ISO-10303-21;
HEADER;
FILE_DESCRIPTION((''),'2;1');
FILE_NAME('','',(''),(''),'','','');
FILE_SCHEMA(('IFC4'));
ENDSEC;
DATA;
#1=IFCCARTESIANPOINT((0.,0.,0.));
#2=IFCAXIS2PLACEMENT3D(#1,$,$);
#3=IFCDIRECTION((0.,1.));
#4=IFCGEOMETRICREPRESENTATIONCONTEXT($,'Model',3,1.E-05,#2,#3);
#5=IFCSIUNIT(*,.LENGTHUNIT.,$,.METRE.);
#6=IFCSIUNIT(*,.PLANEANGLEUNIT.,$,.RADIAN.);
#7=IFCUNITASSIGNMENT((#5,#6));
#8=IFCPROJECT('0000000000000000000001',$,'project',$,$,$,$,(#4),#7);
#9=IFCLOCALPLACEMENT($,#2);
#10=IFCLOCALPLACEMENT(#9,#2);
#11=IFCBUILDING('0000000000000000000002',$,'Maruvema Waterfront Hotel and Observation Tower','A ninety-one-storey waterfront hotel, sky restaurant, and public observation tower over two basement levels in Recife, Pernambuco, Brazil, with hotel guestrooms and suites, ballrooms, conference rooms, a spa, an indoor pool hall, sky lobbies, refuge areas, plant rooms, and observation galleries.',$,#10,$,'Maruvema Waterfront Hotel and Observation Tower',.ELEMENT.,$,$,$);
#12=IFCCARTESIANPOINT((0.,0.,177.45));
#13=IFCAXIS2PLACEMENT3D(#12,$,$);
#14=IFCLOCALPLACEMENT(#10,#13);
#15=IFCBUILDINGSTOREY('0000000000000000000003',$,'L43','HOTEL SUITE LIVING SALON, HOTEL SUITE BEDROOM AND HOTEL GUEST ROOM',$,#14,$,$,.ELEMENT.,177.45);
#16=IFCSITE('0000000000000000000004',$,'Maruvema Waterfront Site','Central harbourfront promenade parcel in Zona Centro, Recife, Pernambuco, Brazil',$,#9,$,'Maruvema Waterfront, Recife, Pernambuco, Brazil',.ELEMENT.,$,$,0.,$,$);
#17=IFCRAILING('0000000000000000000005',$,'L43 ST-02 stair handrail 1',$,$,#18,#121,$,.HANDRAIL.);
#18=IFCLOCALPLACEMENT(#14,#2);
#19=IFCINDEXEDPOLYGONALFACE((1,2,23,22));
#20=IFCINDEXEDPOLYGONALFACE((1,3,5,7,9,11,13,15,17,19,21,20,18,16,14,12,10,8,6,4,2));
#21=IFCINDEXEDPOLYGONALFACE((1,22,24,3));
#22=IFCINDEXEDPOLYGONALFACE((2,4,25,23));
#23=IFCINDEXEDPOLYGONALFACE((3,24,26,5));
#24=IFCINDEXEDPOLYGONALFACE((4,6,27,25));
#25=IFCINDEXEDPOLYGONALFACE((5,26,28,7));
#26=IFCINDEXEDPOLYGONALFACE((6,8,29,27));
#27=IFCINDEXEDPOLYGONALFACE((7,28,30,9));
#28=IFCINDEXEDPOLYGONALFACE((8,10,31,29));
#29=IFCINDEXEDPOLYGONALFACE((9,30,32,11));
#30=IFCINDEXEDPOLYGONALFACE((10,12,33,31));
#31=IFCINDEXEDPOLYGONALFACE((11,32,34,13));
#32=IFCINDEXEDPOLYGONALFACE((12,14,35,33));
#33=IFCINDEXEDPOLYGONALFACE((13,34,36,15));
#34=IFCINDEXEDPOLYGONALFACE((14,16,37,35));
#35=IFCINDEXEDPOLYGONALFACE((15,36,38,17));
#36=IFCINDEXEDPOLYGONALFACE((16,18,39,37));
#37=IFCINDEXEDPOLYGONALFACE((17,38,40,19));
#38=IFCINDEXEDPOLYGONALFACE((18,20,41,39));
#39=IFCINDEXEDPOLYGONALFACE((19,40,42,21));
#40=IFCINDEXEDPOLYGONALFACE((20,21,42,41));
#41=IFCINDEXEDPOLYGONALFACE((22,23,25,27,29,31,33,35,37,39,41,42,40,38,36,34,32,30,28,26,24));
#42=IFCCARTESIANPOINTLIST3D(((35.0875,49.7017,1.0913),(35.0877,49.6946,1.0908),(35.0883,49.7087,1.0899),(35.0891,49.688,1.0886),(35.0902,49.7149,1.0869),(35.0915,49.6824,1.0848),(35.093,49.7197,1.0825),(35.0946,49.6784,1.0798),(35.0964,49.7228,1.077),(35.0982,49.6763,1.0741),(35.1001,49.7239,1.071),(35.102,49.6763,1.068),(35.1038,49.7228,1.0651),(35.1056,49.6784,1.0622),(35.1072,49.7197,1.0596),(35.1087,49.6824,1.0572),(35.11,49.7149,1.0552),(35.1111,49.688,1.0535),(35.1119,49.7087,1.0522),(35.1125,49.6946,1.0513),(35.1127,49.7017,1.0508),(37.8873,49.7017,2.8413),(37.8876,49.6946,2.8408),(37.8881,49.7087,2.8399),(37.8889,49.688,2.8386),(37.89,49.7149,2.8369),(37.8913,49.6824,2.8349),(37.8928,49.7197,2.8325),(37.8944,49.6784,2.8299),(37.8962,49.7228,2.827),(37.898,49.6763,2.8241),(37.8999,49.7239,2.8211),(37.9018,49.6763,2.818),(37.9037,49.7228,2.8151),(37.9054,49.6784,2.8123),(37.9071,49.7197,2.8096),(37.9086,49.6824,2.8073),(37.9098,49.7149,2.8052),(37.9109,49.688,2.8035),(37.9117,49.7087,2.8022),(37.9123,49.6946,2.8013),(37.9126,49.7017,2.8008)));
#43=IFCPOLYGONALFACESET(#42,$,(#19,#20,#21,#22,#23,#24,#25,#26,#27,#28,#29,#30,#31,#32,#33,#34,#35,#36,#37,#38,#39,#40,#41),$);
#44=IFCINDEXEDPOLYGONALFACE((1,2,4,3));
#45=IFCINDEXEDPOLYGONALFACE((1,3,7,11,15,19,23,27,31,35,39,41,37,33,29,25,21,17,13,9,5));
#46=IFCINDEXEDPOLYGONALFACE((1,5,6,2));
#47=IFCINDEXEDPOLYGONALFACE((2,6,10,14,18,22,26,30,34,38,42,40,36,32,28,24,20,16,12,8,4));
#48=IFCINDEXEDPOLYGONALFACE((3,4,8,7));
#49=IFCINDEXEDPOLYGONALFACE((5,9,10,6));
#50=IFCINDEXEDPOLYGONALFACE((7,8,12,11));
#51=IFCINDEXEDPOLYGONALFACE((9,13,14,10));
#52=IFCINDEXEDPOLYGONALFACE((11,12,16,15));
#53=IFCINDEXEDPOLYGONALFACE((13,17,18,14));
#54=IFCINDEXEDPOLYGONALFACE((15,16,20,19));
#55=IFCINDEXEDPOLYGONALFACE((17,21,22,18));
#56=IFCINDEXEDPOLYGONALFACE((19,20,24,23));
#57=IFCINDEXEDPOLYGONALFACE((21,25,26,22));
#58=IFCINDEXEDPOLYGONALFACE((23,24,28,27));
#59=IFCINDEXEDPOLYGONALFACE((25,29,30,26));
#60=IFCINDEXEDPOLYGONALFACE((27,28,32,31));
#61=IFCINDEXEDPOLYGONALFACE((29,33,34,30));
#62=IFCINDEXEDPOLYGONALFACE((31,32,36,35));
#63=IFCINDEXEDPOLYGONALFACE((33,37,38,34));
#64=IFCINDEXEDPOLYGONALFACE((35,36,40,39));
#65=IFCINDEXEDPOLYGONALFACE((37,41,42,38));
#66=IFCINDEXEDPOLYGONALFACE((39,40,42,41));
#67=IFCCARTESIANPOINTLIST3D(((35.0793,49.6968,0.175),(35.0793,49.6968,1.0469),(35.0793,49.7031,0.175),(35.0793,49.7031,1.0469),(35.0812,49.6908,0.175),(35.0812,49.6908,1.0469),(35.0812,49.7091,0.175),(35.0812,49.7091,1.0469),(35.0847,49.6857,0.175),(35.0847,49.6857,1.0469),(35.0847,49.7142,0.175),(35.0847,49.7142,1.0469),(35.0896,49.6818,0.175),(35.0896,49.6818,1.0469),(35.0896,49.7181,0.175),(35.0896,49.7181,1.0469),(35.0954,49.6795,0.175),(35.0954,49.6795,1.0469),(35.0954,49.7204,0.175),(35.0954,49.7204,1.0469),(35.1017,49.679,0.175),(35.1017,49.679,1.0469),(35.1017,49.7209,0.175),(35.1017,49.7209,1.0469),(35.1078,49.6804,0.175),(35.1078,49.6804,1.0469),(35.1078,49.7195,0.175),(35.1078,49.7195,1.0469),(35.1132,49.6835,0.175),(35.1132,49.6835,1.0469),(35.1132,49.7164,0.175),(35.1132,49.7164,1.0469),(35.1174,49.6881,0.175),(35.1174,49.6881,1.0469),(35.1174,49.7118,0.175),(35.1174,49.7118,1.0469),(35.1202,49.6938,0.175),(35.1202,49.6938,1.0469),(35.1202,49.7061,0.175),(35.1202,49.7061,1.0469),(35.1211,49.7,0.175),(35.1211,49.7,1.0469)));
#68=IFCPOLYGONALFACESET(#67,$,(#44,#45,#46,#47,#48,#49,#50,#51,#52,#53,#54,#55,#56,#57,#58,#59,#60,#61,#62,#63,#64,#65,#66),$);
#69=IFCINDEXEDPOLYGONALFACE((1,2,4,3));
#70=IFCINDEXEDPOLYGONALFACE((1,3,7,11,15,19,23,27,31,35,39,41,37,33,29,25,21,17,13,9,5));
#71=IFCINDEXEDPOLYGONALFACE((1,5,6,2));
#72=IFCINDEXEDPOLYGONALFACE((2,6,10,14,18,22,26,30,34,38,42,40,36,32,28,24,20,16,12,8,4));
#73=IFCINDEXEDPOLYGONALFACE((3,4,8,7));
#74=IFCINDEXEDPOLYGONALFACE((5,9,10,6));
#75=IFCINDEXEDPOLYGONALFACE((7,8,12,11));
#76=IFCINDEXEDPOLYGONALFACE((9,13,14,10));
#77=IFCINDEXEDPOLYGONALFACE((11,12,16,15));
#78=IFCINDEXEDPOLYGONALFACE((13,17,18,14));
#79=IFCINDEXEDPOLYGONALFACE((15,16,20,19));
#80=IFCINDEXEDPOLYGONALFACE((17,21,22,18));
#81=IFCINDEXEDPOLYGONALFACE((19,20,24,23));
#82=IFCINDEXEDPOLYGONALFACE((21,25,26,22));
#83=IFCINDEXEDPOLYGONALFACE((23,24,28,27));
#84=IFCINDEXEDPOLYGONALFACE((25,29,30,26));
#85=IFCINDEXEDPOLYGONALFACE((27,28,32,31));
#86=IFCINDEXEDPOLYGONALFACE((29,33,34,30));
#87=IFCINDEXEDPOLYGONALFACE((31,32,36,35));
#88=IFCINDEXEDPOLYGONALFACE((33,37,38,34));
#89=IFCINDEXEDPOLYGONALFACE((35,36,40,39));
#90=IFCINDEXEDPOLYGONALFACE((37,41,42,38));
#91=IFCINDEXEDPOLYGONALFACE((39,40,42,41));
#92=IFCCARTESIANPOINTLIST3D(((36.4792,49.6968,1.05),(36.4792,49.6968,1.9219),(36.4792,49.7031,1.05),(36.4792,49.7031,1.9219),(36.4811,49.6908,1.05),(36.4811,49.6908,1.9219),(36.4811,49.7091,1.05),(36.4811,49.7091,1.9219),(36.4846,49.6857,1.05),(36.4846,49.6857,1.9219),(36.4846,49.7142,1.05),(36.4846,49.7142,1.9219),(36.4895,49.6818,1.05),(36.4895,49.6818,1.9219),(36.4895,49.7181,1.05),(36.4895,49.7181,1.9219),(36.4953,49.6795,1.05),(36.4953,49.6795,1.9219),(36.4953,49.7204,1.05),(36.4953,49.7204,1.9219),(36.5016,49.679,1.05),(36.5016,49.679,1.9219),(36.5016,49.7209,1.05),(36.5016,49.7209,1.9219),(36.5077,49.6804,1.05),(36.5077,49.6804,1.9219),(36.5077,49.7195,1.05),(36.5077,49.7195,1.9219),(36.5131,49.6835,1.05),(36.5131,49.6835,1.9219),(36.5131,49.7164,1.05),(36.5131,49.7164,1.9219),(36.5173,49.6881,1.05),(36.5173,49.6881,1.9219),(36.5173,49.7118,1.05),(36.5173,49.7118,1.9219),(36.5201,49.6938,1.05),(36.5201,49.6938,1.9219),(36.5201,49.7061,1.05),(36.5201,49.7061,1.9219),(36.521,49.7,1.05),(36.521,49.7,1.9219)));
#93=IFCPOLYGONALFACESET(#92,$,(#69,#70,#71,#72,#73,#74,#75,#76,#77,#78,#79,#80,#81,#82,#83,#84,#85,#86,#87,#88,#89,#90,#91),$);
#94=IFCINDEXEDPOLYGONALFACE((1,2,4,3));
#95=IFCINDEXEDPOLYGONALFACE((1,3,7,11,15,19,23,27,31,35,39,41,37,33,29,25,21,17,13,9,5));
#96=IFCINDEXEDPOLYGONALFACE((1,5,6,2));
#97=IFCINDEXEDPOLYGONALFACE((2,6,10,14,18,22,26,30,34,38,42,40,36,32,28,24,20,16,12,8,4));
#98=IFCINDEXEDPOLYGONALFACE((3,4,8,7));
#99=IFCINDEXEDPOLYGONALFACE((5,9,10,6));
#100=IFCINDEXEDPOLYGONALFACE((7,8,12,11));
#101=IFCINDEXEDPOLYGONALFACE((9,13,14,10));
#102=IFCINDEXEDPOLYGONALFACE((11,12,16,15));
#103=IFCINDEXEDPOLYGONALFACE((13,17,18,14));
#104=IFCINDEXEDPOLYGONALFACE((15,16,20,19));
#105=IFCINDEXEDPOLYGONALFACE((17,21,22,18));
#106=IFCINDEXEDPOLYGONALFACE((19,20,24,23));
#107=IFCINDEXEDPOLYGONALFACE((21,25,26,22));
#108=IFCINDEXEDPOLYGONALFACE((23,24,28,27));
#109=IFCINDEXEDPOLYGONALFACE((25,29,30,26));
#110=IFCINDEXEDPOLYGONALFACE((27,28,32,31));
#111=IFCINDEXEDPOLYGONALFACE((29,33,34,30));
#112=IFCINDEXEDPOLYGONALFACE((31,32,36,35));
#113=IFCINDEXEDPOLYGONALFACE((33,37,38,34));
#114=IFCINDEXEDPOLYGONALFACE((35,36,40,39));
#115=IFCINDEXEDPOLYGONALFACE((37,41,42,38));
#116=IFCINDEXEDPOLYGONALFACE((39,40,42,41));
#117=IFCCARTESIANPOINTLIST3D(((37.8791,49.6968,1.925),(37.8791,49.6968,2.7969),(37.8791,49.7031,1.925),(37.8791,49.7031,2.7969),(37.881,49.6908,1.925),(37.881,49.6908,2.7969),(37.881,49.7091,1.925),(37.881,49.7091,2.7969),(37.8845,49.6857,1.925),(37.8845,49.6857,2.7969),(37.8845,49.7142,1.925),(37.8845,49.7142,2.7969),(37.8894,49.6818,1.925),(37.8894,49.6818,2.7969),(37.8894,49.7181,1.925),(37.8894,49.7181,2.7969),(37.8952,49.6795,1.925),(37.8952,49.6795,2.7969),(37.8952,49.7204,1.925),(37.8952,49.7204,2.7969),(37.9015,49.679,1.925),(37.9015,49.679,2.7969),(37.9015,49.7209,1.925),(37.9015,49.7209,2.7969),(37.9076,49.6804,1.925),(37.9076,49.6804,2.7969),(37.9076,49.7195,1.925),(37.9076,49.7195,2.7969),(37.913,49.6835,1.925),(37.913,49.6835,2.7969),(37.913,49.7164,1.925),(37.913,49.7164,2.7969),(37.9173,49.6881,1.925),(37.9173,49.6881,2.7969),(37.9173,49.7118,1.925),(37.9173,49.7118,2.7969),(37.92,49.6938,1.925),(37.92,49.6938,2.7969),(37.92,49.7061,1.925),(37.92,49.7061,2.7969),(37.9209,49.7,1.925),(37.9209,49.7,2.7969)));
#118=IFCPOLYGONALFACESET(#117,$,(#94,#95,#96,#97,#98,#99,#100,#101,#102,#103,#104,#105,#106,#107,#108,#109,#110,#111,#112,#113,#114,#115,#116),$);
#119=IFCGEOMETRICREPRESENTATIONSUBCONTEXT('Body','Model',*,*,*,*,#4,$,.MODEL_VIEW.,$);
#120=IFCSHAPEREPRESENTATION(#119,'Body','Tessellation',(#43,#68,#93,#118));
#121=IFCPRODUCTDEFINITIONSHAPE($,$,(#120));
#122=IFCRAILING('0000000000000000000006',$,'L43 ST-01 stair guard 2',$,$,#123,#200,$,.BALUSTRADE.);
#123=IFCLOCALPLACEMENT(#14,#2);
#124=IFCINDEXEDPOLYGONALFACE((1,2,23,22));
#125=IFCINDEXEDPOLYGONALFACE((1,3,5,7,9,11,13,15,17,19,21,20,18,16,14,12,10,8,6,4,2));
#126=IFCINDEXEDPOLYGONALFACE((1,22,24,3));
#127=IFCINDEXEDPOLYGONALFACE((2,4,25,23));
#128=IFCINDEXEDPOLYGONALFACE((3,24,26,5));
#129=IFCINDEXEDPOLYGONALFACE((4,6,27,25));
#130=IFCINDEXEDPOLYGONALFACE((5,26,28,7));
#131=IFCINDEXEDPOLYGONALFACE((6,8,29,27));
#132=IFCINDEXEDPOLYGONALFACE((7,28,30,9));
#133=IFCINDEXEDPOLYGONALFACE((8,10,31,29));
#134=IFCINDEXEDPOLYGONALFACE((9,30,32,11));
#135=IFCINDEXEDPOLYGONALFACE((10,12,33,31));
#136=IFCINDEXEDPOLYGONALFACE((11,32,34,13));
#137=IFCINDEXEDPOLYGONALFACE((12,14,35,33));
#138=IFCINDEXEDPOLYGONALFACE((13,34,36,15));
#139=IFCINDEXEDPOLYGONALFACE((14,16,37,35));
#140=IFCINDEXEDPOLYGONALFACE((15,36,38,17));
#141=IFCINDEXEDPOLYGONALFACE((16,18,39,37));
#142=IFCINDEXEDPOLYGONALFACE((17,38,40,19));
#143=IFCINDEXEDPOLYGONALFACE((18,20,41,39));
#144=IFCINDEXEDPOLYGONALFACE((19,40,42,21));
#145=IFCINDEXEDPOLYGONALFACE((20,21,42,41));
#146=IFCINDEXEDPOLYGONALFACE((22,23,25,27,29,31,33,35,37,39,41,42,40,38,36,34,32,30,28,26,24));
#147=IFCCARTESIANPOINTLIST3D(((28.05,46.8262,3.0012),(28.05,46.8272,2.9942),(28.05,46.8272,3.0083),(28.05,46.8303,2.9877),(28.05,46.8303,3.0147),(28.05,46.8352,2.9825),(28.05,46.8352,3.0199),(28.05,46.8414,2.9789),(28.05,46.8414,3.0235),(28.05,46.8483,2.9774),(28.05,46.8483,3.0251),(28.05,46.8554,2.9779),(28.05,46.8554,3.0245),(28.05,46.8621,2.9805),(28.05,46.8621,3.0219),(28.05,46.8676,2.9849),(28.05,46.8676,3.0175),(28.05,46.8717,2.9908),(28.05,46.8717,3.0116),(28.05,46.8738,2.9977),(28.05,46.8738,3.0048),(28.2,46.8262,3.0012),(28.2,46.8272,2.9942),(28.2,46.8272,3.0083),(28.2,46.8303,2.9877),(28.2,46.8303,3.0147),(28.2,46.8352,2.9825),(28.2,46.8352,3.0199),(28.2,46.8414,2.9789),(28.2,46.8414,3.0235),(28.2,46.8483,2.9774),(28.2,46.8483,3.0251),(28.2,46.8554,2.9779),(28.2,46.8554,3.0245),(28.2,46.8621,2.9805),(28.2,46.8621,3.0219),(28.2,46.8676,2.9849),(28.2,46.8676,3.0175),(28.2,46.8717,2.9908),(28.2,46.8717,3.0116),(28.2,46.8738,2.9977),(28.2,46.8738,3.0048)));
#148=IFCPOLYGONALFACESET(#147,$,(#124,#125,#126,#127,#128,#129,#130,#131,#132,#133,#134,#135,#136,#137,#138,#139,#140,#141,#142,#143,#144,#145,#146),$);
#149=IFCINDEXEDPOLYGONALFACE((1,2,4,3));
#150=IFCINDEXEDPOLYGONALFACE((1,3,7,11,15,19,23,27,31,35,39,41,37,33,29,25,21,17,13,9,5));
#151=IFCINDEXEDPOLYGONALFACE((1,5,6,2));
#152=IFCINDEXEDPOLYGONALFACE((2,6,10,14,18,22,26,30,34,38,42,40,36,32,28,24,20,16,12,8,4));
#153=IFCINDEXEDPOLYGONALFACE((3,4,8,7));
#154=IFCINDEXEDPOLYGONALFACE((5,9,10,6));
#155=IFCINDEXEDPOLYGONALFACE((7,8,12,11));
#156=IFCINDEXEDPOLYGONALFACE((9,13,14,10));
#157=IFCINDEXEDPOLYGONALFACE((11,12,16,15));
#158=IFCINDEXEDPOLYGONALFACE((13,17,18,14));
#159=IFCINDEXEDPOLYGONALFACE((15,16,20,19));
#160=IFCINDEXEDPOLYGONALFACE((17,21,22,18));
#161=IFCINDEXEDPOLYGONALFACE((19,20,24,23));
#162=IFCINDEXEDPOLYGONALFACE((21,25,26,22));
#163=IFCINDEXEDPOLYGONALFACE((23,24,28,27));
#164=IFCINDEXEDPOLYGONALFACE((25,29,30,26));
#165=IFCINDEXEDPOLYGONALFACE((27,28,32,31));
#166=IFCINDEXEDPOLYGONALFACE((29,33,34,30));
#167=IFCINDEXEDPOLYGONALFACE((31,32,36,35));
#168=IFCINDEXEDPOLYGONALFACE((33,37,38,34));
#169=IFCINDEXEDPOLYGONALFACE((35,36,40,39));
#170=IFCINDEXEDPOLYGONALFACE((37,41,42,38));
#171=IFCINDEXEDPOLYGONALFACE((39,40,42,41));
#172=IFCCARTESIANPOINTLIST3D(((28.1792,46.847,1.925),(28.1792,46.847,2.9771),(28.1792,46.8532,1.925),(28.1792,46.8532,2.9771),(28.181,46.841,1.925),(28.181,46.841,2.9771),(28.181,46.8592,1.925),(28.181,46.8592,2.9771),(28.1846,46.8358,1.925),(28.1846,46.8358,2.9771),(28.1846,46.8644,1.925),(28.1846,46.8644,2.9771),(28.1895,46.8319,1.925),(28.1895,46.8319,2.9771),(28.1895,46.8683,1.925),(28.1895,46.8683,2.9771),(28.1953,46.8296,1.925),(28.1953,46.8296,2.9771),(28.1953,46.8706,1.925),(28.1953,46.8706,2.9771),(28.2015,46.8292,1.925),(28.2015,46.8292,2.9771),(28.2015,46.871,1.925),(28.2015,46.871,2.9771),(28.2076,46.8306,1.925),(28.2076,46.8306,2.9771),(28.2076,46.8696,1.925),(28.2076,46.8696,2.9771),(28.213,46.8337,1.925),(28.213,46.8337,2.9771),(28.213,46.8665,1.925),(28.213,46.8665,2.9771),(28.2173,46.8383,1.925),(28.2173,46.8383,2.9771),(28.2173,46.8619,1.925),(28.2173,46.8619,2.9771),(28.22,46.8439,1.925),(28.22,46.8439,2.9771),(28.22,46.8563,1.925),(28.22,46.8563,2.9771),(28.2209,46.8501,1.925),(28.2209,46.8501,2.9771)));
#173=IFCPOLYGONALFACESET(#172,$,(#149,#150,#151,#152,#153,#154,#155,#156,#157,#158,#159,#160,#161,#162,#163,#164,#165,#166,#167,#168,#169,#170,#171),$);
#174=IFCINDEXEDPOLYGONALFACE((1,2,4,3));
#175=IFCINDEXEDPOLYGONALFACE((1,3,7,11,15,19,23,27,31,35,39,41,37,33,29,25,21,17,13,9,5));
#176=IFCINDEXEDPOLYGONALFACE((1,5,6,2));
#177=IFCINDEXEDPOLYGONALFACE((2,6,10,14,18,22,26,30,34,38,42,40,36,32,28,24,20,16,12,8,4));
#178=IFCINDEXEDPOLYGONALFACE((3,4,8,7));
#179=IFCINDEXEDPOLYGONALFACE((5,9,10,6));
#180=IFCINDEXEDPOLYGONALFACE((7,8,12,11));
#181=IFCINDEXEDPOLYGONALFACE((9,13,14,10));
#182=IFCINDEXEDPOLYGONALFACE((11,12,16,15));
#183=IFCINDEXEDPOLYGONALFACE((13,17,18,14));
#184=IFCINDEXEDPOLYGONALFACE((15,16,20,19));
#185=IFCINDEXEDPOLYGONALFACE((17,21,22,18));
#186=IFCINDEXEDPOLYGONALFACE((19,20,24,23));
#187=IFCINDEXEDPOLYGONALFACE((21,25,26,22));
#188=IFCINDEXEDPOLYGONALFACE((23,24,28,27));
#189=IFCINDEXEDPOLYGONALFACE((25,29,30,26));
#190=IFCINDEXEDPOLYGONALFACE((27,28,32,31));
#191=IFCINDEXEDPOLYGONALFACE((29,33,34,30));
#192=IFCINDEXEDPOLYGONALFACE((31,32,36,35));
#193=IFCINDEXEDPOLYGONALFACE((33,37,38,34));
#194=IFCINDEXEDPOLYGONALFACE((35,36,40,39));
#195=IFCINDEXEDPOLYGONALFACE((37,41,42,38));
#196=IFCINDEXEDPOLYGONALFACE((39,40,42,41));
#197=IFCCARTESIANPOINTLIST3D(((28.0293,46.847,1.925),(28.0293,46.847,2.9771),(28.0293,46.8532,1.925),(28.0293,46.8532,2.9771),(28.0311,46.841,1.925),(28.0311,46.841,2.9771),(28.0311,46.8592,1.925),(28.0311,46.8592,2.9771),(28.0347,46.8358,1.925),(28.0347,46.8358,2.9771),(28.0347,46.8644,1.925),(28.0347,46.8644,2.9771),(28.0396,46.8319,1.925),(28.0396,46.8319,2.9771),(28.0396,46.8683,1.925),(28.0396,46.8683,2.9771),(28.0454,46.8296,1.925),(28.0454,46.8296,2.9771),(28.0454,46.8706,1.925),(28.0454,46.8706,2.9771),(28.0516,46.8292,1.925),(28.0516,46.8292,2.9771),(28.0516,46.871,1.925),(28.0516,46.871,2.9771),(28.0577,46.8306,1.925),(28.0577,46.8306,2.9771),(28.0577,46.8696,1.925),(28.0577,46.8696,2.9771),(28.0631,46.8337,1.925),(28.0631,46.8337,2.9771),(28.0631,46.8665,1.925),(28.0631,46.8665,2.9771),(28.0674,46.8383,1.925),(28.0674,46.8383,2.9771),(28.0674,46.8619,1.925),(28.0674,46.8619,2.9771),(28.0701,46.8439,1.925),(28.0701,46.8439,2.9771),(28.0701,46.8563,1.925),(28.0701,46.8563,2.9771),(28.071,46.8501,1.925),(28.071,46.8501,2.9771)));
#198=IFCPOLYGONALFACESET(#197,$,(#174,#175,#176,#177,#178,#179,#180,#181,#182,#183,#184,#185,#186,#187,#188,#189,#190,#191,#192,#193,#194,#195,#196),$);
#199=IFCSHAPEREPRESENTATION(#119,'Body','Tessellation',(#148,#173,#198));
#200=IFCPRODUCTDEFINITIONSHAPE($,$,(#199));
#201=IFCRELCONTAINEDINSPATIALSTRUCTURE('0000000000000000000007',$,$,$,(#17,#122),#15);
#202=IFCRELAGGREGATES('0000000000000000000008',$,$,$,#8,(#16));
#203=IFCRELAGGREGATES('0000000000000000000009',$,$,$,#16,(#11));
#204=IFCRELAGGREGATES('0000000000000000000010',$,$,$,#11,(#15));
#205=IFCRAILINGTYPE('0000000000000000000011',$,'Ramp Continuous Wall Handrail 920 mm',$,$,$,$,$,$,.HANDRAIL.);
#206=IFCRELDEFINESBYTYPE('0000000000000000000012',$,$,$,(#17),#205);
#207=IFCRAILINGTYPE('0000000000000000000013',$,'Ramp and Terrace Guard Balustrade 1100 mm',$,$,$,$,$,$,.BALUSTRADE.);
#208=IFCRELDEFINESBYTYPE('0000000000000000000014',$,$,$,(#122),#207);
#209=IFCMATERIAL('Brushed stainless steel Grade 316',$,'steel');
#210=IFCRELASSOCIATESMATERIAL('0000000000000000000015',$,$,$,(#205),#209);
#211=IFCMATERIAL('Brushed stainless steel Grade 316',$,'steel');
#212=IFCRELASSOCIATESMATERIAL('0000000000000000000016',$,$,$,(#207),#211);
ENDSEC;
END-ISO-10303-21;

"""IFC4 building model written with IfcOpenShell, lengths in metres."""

from ifc_helpers import new_model, si_unit, direction, frame, origin, origin_2d, place, context, subcontext, project, spatial, circle, extrude, material, type_object, element, save


model = new_model("IFC4")

# Units and contexts
model_context = context("Model", 3, precision=1e-05, world=origin(), true_north=direction((0.0, 1.0)))
body_context = subcontext(model_context, "Body", "Model", "MODEL_VIEW")
ifc_project = project(units=[si_unit("LENGTHUNIT", "METRE"), si_unit("PLANEANGLEUNIT", "RADIAN")], contexts=[model_context])

# Site, building, storey
site_placement = place(None, origin())
site = spatial("IfcSite", under=ifc_project, at=site_placement, Name="Maruvema Waterfront Site", Description="Central harbourfront promenade parcel in Zona Centro, Recife, Pernambuco, Brazil", LongName="Maruvema Waterfront, Recife, Pernambuco, Brazil", CompositionType="ELEMENT", RefElevation=0.0)
building_placement = place(site_placement, origin())
building = spatial("IfcBuilding", under=site, at=building_placement, Name="Maruvema Waterfront Hotel and Observation Tower", Description="A ninety-one-storey waterfront hotel, sky restaurant, and public observation tower over two basement levels in Recife, Pernambuco, Brazil, with hotel guestrooms and suites, ballrooms, conference rooms, a spa, an indoor pool hall, sky lobbies, refuge areas, plant rooms, and observation galleries.", LongName="Maruvema Waterfront Hotel and Observation Tower", CompositionType="ELEMENT")
storey_placement = place(building_placement, frame((0.0, 0.0, 177.45)))
storey = spatial("IfcBuildingStorey", under=building, at=storey_placement, Name="L43", Description="HOTEL SUITE LIVING SALON, HOTEL SUITE BEDROOM AND HOTEL GUEST ROOM", CompositionType="ELEMENT", Elevation=177.45)

# Railings
ifc_material_1 = material(Name="Brushed stainless steel Grade 316", Category="steel")
railing_type_1 = type_object("IfcRailingType", Name="Ramp Continuous Wall Handrail 920 mm", PredefinedType="HANDRAIL", material=ifc_material_1)
railing_1_placement = place(storey_placement, frame((35.1001, 49.7, 0.175)))
element("IfcRailing", 1, at=railing_1_placement, inside=storey, type_object=railing_type_1, Name="L43 ST-02 stair handrail 1", PredefinedType="HANDRAIL", context=body_context, shape_type="SweptSolid", body=[
    extrude(circle(Radius=0.0239, at=origin_2d()), frame((0.0, 0.0, 0.896), z_axis=(0.847982, 0.0, 0.530026), x_axis=(0.0, 1.0, 0.0)), (0.0, 0.0, 1.0), 3.3018),
    extrude(circle(Radius=0.021, at=origin_2d()), origin(), (0.0, 0.0, 1.0), 0.8718),
    extrude(circle(Radius=0.021, at=origin_2d()), frame((1.3999, 0.0, 0.875)), (0.0, 0.0, 1.0), 0.8718),
    extrude(circle(Radius=0.021, at=origin_2d()), frame((2.7998, 0.0, 1.75)), (0.0, 0.0, 1.0), 0.8718),
])
ifc_material_2 = material(Name="Brushed stainless steel Grade 316", Category="steel")
railing_type_2 = type_object("IfcRailingType", Name="Ramp and Terrace Guard Balustrade 1100 mm", PredefinedType="BALUSTRADE", material=ifc_material_2)
railing_2_placement = place(storey_placement, frame((28.2, 46.8501, 1.925)))
element("IfcRailing", 2, at=railing_2_placement, inside=storey, type_object=railing_type_2, Name="L43 ST-01 stair guard 2", PredefinedType="BALUSTRADE", context=body_context, shape_type="SweptSolid", body=[
    extrude(circle(Radius=0.0239, at=origin_2d()), frame((0.0, 0.0, 1.0762), z_axis=(-1.0, 0.0, 0.0), x_axis=(0.0, -1.0, 0.0)), (0.0, 0.0, 1.0), 0.1499),
    extrude(circle(Radius=0.021, at=origin_2d()), origin(), (0.0, 0.0, 1.0), 1.052),
    extrude(circle(Radius=0.021, at=origin_2d()), frame((-0.1499, 0.0, 0.0)), (0.0, 0.0, 1.0), 1.052),
])

save(model, "model.ifc")
